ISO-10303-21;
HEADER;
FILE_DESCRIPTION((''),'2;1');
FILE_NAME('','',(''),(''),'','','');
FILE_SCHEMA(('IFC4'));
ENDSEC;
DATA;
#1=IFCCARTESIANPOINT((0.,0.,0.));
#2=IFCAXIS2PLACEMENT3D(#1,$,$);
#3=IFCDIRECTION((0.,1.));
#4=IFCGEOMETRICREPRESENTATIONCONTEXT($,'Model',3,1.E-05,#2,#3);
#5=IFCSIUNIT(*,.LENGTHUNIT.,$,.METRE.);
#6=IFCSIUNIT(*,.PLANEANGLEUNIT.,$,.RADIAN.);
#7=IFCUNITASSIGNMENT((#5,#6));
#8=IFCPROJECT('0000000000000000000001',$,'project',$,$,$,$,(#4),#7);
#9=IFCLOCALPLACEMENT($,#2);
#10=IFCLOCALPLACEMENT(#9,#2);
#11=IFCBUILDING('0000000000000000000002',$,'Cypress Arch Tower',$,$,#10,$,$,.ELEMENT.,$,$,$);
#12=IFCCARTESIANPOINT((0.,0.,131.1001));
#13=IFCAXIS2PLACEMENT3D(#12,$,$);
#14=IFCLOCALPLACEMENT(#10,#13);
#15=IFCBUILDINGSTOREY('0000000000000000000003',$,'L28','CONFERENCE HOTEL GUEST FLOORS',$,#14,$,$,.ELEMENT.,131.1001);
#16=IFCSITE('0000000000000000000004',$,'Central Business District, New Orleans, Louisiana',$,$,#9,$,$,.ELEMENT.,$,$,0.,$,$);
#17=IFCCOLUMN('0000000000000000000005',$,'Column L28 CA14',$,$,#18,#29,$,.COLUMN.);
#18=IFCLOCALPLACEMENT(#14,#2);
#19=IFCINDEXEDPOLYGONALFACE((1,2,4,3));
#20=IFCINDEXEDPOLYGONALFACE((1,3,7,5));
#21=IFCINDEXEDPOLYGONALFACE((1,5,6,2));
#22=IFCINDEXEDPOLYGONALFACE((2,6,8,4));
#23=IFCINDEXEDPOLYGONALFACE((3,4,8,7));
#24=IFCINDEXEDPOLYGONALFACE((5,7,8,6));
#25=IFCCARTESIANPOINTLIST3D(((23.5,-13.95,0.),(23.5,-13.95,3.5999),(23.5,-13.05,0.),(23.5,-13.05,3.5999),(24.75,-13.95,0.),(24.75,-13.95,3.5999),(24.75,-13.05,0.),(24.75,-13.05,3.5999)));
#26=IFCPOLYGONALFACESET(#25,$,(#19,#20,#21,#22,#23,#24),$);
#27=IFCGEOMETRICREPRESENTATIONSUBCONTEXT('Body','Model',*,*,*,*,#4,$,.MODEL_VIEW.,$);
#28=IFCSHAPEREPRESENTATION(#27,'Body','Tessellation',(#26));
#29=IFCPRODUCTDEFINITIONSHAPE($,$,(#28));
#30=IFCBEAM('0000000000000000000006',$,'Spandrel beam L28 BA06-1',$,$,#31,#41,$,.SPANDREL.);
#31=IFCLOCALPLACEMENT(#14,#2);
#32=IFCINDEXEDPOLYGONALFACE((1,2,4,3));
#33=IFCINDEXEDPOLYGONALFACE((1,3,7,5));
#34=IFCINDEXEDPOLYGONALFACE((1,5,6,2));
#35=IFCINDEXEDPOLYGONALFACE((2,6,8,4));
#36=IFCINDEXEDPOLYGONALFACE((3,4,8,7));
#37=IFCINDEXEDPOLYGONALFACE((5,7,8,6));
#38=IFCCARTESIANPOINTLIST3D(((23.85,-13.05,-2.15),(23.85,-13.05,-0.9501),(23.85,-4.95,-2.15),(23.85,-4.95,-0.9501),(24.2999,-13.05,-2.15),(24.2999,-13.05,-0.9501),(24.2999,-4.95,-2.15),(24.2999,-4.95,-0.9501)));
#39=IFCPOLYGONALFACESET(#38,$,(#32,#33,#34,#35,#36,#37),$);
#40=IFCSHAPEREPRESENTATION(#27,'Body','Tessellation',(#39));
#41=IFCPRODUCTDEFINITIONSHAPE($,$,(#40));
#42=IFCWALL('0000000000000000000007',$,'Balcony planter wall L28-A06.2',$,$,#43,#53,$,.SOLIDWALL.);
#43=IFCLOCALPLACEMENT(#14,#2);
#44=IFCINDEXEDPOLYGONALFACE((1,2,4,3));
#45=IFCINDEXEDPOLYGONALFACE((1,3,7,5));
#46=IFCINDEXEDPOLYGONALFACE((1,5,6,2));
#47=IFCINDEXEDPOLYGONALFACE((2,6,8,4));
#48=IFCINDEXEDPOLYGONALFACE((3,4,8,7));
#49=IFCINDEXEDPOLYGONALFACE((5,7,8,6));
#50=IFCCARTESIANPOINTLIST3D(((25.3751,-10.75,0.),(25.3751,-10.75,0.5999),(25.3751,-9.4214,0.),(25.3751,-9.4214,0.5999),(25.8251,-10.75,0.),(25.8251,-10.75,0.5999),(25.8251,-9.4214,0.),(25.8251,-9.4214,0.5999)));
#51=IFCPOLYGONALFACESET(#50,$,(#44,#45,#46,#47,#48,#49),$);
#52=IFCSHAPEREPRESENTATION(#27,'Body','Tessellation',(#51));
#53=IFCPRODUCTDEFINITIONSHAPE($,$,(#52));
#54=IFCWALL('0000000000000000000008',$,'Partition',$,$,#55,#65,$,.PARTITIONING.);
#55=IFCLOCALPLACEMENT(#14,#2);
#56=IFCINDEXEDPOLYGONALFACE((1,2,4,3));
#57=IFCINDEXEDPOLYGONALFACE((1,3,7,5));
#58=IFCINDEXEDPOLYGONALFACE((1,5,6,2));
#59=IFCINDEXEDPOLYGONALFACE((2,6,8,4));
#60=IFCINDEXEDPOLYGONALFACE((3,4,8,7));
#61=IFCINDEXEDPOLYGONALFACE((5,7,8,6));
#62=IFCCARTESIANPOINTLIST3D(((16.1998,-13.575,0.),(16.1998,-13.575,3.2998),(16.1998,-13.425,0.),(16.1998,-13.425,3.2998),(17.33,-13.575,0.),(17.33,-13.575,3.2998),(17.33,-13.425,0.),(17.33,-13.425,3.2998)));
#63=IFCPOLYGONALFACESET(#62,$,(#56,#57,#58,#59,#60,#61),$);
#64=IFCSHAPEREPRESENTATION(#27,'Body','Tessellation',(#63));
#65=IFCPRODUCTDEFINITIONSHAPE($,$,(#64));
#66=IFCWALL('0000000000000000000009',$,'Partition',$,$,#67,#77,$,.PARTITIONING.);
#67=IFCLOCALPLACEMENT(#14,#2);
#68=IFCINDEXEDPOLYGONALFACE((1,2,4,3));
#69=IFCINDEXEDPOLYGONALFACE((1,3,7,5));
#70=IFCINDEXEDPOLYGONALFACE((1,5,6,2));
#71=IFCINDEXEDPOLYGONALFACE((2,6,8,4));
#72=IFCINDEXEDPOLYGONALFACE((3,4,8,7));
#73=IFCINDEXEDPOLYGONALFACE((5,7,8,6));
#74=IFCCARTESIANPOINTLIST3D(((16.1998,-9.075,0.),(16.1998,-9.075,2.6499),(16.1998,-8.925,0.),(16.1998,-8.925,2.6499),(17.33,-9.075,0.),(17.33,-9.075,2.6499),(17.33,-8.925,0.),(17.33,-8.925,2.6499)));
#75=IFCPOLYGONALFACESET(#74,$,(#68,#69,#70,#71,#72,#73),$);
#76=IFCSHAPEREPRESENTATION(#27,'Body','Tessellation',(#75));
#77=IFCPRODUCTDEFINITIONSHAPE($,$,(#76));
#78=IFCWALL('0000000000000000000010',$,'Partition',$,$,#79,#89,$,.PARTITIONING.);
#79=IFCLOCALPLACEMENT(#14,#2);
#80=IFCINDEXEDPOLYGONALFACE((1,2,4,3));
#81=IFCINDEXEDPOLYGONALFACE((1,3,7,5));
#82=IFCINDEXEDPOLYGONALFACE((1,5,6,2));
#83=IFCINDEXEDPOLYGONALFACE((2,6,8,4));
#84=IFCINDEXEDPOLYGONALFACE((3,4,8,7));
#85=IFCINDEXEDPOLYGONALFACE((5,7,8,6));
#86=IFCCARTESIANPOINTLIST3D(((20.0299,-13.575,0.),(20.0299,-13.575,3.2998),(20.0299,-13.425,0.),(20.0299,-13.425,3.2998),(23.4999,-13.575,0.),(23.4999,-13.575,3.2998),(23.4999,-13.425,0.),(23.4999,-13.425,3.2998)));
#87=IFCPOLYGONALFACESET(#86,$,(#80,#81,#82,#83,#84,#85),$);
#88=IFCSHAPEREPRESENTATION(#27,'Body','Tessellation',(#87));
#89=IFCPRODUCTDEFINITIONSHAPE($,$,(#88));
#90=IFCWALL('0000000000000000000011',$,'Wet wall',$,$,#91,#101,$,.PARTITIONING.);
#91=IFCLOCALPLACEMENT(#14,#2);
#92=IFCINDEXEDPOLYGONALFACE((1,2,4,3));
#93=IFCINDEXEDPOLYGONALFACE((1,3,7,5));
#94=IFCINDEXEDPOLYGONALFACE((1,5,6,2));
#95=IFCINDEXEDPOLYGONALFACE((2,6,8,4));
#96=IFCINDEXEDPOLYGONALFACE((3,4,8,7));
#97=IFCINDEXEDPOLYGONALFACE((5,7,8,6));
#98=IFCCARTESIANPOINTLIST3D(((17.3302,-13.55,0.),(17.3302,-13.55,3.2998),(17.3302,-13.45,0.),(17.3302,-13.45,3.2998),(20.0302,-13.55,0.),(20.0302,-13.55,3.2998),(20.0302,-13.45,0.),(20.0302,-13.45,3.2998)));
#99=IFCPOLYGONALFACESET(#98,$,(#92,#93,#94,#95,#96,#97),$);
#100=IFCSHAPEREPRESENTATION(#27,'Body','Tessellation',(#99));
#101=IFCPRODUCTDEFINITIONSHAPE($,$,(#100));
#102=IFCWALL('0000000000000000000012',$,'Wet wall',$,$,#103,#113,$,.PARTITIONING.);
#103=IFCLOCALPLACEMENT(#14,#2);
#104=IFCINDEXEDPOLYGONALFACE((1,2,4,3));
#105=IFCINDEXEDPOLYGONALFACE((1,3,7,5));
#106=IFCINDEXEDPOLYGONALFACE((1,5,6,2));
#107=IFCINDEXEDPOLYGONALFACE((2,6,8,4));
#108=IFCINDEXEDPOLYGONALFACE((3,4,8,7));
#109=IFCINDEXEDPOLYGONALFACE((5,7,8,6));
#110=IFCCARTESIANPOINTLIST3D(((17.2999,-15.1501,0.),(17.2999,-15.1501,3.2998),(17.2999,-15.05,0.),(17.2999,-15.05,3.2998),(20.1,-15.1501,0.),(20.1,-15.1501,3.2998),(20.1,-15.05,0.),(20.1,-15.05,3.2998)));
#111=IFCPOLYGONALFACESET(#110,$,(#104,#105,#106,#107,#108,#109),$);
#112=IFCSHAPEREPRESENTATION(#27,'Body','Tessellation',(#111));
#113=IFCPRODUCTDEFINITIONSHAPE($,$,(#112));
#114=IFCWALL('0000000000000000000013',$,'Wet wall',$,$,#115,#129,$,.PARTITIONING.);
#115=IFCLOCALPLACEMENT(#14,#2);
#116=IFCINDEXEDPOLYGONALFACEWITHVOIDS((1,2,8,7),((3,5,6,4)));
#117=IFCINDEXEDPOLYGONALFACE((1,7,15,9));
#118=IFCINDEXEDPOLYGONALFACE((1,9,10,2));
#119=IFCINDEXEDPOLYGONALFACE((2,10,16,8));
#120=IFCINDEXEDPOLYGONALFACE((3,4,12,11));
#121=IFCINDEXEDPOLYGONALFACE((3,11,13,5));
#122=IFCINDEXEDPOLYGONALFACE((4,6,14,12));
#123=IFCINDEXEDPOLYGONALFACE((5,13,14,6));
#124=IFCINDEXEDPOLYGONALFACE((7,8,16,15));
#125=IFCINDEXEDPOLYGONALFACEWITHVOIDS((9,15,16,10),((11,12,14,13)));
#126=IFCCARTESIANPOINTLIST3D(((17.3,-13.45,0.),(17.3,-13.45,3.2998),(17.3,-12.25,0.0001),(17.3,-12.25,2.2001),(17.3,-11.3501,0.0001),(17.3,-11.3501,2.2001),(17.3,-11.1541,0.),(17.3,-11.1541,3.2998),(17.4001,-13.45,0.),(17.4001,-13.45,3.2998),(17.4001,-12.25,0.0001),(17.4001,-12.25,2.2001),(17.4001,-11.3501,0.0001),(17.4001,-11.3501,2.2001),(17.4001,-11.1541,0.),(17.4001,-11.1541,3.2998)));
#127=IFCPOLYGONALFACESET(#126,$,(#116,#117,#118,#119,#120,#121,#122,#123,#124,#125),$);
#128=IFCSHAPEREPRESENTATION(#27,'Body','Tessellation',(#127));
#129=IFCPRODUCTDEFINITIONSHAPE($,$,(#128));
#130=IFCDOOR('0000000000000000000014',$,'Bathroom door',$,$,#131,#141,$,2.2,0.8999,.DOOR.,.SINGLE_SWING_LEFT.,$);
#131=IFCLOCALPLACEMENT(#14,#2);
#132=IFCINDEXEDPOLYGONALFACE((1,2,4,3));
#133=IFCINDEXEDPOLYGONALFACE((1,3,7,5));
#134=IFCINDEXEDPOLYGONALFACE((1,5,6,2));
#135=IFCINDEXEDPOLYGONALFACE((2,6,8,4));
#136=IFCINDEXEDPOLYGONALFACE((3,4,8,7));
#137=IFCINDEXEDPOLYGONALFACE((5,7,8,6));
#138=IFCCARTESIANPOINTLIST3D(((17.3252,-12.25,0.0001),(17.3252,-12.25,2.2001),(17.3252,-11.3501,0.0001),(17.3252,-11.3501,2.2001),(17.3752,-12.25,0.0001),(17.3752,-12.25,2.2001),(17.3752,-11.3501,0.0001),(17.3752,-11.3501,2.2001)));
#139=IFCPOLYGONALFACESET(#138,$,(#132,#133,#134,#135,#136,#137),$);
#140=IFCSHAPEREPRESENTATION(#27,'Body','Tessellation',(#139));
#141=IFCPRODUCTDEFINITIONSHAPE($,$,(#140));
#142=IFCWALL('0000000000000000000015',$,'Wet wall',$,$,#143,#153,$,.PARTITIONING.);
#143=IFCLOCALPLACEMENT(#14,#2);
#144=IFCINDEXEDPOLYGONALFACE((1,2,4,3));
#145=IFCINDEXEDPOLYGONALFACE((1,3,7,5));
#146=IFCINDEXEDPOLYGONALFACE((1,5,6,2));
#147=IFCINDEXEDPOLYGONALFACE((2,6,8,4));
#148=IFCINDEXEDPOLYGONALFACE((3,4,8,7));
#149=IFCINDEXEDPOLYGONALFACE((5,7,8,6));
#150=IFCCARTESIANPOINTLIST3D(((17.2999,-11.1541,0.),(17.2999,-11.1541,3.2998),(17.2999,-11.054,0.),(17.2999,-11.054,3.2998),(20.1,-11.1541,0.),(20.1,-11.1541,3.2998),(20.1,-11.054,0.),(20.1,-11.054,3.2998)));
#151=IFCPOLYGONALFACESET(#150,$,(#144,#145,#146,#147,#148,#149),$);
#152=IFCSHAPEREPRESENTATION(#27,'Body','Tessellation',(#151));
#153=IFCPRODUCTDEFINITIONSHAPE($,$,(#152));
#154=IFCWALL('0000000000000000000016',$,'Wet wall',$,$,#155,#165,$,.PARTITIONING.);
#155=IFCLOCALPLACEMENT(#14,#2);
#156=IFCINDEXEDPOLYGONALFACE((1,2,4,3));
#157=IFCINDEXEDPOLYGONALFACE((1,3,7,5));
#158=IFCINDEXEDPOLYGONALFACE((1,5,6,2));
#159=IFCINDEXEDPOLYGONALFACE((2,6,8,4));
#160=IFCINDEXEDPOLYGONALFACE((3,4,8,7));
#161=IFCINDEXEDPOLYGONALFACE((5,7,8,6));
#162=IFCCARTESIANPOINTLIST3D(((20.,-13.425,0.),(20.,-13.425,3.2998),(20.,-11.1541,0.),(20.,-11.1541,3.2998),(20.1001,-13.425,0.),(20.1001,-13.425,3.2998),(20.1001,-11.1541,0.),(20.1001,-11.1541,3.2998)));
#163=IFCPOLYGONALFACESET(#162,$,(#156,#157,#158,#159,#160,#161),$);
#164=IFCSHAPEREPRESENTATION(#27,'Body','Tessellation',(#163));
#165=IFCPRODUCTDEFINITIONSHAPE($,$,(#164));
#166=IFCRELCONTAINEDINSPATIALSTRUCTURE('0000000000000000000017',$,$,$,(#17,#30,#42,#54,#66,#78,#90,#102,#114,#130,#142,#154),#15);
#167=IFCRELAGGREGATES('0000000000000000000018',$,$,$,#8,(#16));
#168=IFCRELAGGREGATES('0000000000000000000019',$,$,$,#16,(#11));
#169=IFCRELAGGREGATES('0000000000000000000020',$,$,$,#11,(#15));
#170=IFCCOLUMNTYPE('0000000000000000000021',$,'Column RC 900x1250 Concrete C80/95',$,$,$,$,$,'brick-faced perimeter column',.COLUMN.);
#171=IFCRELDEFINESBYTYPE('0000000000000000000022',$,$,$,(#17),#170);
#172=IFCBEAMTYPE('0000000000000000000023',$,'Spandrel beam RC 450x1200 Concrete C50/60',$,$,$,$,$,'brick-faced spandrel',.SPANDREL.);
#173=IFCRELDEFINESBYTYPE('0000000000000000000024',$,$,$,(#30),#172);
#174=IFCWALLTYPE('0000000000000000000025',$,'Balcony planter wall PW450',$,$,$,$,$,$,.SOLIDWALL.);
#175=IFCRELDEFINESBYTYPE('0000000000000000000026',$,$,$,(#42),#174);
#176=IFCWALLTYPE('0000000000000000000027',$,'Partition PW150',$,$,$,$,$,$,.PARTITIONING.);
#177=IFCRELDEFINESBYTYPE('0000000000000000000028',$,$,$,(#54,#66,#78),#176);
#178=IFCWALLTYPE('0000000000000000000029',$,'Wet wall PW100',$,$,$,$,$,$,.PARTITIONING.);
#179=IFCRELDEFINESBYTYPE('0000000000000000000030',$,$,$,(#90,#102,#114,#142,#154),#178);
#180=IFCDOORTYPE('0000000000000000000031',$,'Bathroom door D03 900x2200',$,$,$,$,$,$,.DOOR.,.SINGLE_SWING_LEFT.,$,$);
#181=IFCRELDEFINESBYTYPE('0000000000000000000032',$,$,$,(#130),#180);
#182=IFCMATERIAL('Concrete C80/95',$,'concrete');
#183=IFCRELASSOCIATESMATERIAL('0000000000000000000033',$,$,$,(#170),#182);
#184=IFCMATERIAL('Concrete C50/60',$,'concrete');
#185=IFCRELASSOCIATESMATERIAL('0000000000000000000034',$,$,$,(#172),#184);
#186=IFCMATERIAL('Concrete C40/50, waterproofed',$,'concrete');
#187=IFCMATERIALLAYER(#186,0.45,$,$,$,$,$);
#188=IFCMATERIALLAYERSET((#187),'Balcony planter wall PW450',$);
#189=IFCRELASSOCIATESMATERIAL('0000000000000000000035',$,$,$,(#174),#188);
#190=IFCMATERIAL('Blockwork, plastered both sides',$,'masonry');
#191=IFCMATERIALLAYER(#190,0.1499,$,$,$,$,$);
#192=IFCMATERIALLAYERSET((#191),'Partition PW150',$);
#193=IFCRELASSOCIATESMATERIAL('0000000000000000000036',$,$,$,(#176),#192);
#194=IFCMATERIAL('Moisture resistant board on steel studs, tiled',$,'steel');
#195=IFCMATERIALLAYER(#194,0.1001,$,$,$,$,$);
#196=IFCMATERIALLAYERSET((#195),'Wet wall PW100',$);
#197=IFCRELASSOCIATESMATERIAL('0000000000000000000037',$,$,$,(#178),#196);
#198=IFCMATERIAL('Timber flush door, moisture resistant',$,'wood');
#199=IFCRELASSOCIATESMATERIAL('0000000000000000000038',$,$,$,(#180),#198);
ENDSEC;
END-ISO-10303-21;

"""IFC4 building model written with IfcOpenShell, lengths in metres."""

from ifc_helpers import new_model, si_unit, direction, frame, frame_2d, origin, origin_2d, place, context, subcontext, project, spatial, rectangle, extrude, material, layer, layer_set, material_profile, profile_set, type_object, element, fill, save


model = new_model("IFC4")

# Units and contexts
model_context = context("Model", 3, precision=1e-05, world=origin(), true_north=direction((0.0, 1.0)))
body_context = subcontext(model_context, "Body", "Model", "MODEL_VIEW")
ifc_project = project(units=[si_unit("LENGTHUNIT", "METRE"), si_unit("PLANEANGLEUNIT", "RADIAN")], contexts=[model_context])

# Site, building, storey
site_placement = place(None, origin())
site = spatial("IfcSite", under=ifc_project, at=site_placement, Name="Central Business District, New Orleans, Louisiana", CompositionType="ELEMENT", RefElevation=0.0)
building_placement = place(site_placement, origin())
building = spatial("IfcBuilding", under=site, at=building_placement, Name="Cypress Arch Tower", CompositionType="ELEMENT")
storey_placement = place(building_placement, frame((0.0, 0.0, 131.1001)))
storey = spatial("IfcBuildingStorey", under=building, at=storey_placement, Name="L28", Description="CONFERENCE HOTEL GUEST FLOORS", CompositionType="ELEMENT", Elevation=131.1001)

# Column
ifc_material_1 = material(Name="Concrete C80/95", Category="concrete")
ifc_material_profile_1 = material_profile(ifc_material_1, rectangle(XDim=0.8999, YDim=1.25, at=origin_2d()), Name="RC 900x1250")
ifc_profile_set_1 = profile_set([ifc_material_profile_1], Name="Concrete C80/95")
column_type = type_object("IfcColumnType", Name="Column RC 900x1250 Concrete C80/95", ElementType="brick-faced perimeter column", PredefinedType="COLUMN", material=ifc_profile_set_1)
column_placement = place(storey_placement, frame((24.125, -13.5, 0.0), z_axis=(0.0, 0.0, 1.0), x_axis=(0.0, 1.0, 0.0)))
element("IfcColumn", 1, at=column_placement, inside=storey, type_object=column_type, Name="Column L28 CA14", PredefinedType="COLUMN", context=body_context, shape_type="SweptSolid", body=[
    extrude(rectangle(XDim=0.8999, YDim=1.25, at=origin_2d()), origin(), (0.0, 0.0, 1.0), 3.5999),
])

# Beam
ifc_material_2 = material(Name="Concrete C50/60", Category="concrete")
ifc_material_profile_2 = material_profile(ifc_material_2, rectangle(XDim=0.45, YDim=1.2, at=origin_2d()), Name="RC 450x1200")
ifc_profile_set_2 = profile_set([ifc_material_profile_2], Name="Concrete C50/60")
beam_type = type_object("IfcBeamType", Name="Spandrel beam RC 450x1200 Concrete C50/60", ElementType="brick-faced spandrel", PredefinedType="SPANDREL", material=ifc_profile_set_2)
beam_placement = place(storey_placement, frame((24.075, -13.05, -1.55), z_axis=(0.0, 1.0, 0.0), x_axis=(-1.0, 0.0, 0.0)))
element("IfcBeam", 2, at=beam_placement, inside=storey, type_object=beam_type, Name="Spandrel beam L28 BA06-1", PredefinedType="SPANDREL", context=body_context, shape_type="SweptSolid", body=[
    extrude(rectangle(XDim=0.45, YDim=1.2, at=origin_2d()), origin(), (0.0, 0.0, 1.0), 8.1001),
])

# Wall
ifc_material_3 = material(Name="Concrete C40/50, waterproofed", Category="concrete")
ifc_layer_1 = layer(ifc_material_3, 0.45)
ifc_layer_set_1 = layer_set([ifc_layer_1], Name="Balcony planter wall PW450")
wall_type_1 = type_object("IfcWallType", Name="Balcony planter wall PW450", PredefinedType="SOLIDWALL", material=ifc_layer_set_1)
wall_1_placement = place(storey_placement, frame((25.6001, -10.75, 0.0), z_axis=(0.0, 0.0, 1.0), x_axis=(0.0, 1.0, 0.0)))
element("IfcWall", 3, at=wall_1_placement, inside=storey, type_object=wall_type_1, Name="Balcony planter wall L28-A06.2", PredefinedType="SOLIDWALL", context=body_context, shape_type="SweptSolid", body=[
    extrude(rectangle(XDim=1.3286, YDim=0.45, at=frame_2d((0.6643, 0.0))), origin(), (0.0, 0.0, 1.0), 0.5999),
])

# Walls
ifc_material_4 = material(Name="Blockwork, plastered both sides", Category="masonry")
ifc_layer_2 = layer(ifc_material_4, 0.1499)
ifc_layer_set_2 = layer_set([ifc_layer_2], Name="Partition PW150")
wall_type_2 = type_object("IfcWallType", Name="Partition PW150", PredefinedType="PARTITIONING", material=ifc_layer_set_2)
wall_2_placement = place(storey_placement, frame((16.2, -13.5, 0.0), z_axis=(0.0, 0.0, 1.0), x_axis=(1.0, 0.0, 0.0)))
element("IfcWall", 4, at=wall_2_placement, inside=storey, type_object=wall_type_2, Name="Partition", PredefinedType="PARTITIONING", context=body_context, shape_type="SweptSolid", body=[
    extrude(rectangle(XDim=1.1301, YDim=0.1499, at=frame_2d((0.5649, 0.0))), origin(), (0.0, 0.0, 1.0), 3.2998),
])
wall_3_placement = place(storey_placement, frame((16.2, -9.0, 0.0), z_axis=(0.0, 0.0, 1.0), x_axis=(1.0, 0.0, 0.0)))
element("IfcWall", 5, at=wall_3_placement, inside=storey, type_object=wall_type_2, Name="Partition", PredefinedType="PARTITIONING", context=body_context, shape_type="SweptSolid", body=[
    extrude(rectangle(XDim=1.1301, YDim=0.1499, at=frame_2d((0.5649, 0.0))), origin(), (0.0, 0.0, 1.0), 2.6499),
])
wall_4_placement = place(storey_placement, frame((20.03, -13.5, 0.0), z_axis=(0.0, 0.0, 1.0), x_axis=(1.0, 0.0, 0.0)))
element("IfcWall", 6, at=wall_4_placement, inside=storey, type_object=wall_type_2, Name="Partition", PredefinedType="PARTITIONING", context=body_context, shape_type="SweptSolid", body=[
    extrude(rectangle(XDim=3.47, YDim=0.1499, at=frame_2d((1.7349, 0.0))), origin(), (0.0, 0.0, 1.0), 3.2998),
])
ifc_material_5 = material(Name="Moisture resistant board on steel studs, tiled", Category="steel")
ifc_layer_3 = layer(ifc_material_5, 0.1001)
ifc_layer_set_3 = layer_set([ifc_layer_3], Name="Wet wall PW100")
wall_type_3 = type_object("IfcWallType", Name="Wet wall PW100", PredefinedType="PARTITIONING", material=ifc_layer_set_3)
wall_5_placement = place(storey_placement, frame((17.3301, -13.5, 0.0), z_axis=(0.0, 0.0, 1.0), x_axis=(1.0, 0.0, 0.0)))
element("IfcWall", 7, at=wall_5_placement, inside=storey, type_object=wall_type_3, Name="Wet wall", PredefinedType="PARTITIONING", context=body_context, shape_type="SweptSolid", body=[
    extrude(rectangle(XDim=2.7, YDim=0.1001, at=frame_2d((1.3501, 0.0))), origin(), (0.0, 0.0, 1.0), 3.2998),
])
wall_6_placement = place(storey_placement, frame((17.3, -15.1001, 0.0), z_axis=(0.0, 0.0, 1.0), x_axis=(1.0, 0.0, 0.0)))
element("IfcWall", 8, at=wall_6_placement, inside=storey, type_object=wall_type_3, Name="Wet wall", PredefinedType="PARTITIONING", context=body_context, shape_type="SweptSolid", body=[
    extrude(rectangle(XDim=2.8, YDim=0.1001, at=frame_2d((1.3999, 0.0))), origin(), (0.0, 0.0, 1.0), 3.2998),
])

# Wall, opening, door
wall_7_placement = place(storey_placement, frame((17.3501, -13.45, 0.0), z_axis=(0.0, 0.0, 1.0), x_axis=(0.0, 1.0, 0.0)))
wall_7 = element("IfcWall", 9, at=wall_7_placement, inside=storey, type_object=wall_type_3, Name="Wet wall", PredefinedType="PARTITIONING", context=body_context, shape_type="SweptSolid", body=[
    extrude(rectangle(XDim=2.2959, YDim=0.1001, at=frame_2d((1.1479, 0.0))), origin(), (0.0, 0.0, 1.0), 3.2998),
])
opening_1_placement = place(wall_7_placement, frame((1.2, 0.0, 0.0)))
opening_1 = element("IfcOpeningElement", 10, at=opening_1_placement, cuts=wall_7, PredefinedType="OPENING", context=body_context, shape_type="SweptSolid", body=[
    extrude(rectangle(XDim=0.8999, YDim=2.2, at=frame_2d((0.45, 1.1001))), frame((0.0, 0.0601, 0.0), z_axis=(0.0, -1.0, 0.0), x_axis=(1.0, 0.0, 0.0)), (0.0, 0.0, 1.0), 0.1201),
])
ifc_material_6 = material(Name="Timber flush door, moisture resistant", Category="wood")
door_type_1 = type_object("IfcDoorType", Name="Bathroom door D03 900x2200", OperationType="SINGLE_SWING_LEFT", PredefinedType="DOOR", material=ifc_material_6)
door_1_placement = place(opening_1_placement, origin())
door_1 = element("IfcDoor", 11, at=door_1_placement, inside=storey, type_object=door_type_1, Name="Bathroom door", OperationType="SINGLE_SWING_LEFT", OverallHeight=2.2, OverallWidth=0.8999, PredefinedType="DOOR", context=body_context, shape_type="SweptSolid", body=[
    extrude(rectangle(XDim=0.8999, YDim=2.2, at=frame_2d((0.45, 1.1001))), frame((0.0, 0.0249, 0.0), z_axis=(0.0, -1.0, 0.0), x_axis=(1.0, 0.0, 0.0)), (0.0, 0.0, 1.0), 0.05),
])
fill(opening_1, door_1)

# Walls
wall_8_placement = place(storey_placement, frame((17.3, -11.104, 0.0), z_axis=(0.0, 0.0, 1.0), x_axis=(1.0, 0.0, 0.0)))
element("IfcWall", 12, at=wall_8_placement, inside=storey, type_object=wall_type_3, Name="Wet wall", PredefinedType="PARTITIONING", context=body_context, shape_type="SweptSolid", body=[
    extrude(rectangle(XDim=2.8, YDim=0.1001, at=frame_2d((1.3999, 0.0))), origin(), (0.0, 0.0, 1.0), 3.2998),
])
wall_9_placement = place(storey_placement, frame((20.05, -13.425, 0.0), z_axis=(0.0, 0.0, 1.0), x_axis=(0.0, 1.0, 0.0)))
element("IfcWall", 13, at=wall_9_placement, inside=storey, type_object=wall_type_3, Name="Wet wall", PredefinedType="PARTITIONING", context=body_context, shape_type="SweptSolid", body=[
    extrude(rectangle(XDim=2.271, YDim=0.1001, at=frame_2d((1.1355, 0.0))), origin(), (0.0, 0.0, 1.0), 3.2998),
])

save(model, "model.ifc")
